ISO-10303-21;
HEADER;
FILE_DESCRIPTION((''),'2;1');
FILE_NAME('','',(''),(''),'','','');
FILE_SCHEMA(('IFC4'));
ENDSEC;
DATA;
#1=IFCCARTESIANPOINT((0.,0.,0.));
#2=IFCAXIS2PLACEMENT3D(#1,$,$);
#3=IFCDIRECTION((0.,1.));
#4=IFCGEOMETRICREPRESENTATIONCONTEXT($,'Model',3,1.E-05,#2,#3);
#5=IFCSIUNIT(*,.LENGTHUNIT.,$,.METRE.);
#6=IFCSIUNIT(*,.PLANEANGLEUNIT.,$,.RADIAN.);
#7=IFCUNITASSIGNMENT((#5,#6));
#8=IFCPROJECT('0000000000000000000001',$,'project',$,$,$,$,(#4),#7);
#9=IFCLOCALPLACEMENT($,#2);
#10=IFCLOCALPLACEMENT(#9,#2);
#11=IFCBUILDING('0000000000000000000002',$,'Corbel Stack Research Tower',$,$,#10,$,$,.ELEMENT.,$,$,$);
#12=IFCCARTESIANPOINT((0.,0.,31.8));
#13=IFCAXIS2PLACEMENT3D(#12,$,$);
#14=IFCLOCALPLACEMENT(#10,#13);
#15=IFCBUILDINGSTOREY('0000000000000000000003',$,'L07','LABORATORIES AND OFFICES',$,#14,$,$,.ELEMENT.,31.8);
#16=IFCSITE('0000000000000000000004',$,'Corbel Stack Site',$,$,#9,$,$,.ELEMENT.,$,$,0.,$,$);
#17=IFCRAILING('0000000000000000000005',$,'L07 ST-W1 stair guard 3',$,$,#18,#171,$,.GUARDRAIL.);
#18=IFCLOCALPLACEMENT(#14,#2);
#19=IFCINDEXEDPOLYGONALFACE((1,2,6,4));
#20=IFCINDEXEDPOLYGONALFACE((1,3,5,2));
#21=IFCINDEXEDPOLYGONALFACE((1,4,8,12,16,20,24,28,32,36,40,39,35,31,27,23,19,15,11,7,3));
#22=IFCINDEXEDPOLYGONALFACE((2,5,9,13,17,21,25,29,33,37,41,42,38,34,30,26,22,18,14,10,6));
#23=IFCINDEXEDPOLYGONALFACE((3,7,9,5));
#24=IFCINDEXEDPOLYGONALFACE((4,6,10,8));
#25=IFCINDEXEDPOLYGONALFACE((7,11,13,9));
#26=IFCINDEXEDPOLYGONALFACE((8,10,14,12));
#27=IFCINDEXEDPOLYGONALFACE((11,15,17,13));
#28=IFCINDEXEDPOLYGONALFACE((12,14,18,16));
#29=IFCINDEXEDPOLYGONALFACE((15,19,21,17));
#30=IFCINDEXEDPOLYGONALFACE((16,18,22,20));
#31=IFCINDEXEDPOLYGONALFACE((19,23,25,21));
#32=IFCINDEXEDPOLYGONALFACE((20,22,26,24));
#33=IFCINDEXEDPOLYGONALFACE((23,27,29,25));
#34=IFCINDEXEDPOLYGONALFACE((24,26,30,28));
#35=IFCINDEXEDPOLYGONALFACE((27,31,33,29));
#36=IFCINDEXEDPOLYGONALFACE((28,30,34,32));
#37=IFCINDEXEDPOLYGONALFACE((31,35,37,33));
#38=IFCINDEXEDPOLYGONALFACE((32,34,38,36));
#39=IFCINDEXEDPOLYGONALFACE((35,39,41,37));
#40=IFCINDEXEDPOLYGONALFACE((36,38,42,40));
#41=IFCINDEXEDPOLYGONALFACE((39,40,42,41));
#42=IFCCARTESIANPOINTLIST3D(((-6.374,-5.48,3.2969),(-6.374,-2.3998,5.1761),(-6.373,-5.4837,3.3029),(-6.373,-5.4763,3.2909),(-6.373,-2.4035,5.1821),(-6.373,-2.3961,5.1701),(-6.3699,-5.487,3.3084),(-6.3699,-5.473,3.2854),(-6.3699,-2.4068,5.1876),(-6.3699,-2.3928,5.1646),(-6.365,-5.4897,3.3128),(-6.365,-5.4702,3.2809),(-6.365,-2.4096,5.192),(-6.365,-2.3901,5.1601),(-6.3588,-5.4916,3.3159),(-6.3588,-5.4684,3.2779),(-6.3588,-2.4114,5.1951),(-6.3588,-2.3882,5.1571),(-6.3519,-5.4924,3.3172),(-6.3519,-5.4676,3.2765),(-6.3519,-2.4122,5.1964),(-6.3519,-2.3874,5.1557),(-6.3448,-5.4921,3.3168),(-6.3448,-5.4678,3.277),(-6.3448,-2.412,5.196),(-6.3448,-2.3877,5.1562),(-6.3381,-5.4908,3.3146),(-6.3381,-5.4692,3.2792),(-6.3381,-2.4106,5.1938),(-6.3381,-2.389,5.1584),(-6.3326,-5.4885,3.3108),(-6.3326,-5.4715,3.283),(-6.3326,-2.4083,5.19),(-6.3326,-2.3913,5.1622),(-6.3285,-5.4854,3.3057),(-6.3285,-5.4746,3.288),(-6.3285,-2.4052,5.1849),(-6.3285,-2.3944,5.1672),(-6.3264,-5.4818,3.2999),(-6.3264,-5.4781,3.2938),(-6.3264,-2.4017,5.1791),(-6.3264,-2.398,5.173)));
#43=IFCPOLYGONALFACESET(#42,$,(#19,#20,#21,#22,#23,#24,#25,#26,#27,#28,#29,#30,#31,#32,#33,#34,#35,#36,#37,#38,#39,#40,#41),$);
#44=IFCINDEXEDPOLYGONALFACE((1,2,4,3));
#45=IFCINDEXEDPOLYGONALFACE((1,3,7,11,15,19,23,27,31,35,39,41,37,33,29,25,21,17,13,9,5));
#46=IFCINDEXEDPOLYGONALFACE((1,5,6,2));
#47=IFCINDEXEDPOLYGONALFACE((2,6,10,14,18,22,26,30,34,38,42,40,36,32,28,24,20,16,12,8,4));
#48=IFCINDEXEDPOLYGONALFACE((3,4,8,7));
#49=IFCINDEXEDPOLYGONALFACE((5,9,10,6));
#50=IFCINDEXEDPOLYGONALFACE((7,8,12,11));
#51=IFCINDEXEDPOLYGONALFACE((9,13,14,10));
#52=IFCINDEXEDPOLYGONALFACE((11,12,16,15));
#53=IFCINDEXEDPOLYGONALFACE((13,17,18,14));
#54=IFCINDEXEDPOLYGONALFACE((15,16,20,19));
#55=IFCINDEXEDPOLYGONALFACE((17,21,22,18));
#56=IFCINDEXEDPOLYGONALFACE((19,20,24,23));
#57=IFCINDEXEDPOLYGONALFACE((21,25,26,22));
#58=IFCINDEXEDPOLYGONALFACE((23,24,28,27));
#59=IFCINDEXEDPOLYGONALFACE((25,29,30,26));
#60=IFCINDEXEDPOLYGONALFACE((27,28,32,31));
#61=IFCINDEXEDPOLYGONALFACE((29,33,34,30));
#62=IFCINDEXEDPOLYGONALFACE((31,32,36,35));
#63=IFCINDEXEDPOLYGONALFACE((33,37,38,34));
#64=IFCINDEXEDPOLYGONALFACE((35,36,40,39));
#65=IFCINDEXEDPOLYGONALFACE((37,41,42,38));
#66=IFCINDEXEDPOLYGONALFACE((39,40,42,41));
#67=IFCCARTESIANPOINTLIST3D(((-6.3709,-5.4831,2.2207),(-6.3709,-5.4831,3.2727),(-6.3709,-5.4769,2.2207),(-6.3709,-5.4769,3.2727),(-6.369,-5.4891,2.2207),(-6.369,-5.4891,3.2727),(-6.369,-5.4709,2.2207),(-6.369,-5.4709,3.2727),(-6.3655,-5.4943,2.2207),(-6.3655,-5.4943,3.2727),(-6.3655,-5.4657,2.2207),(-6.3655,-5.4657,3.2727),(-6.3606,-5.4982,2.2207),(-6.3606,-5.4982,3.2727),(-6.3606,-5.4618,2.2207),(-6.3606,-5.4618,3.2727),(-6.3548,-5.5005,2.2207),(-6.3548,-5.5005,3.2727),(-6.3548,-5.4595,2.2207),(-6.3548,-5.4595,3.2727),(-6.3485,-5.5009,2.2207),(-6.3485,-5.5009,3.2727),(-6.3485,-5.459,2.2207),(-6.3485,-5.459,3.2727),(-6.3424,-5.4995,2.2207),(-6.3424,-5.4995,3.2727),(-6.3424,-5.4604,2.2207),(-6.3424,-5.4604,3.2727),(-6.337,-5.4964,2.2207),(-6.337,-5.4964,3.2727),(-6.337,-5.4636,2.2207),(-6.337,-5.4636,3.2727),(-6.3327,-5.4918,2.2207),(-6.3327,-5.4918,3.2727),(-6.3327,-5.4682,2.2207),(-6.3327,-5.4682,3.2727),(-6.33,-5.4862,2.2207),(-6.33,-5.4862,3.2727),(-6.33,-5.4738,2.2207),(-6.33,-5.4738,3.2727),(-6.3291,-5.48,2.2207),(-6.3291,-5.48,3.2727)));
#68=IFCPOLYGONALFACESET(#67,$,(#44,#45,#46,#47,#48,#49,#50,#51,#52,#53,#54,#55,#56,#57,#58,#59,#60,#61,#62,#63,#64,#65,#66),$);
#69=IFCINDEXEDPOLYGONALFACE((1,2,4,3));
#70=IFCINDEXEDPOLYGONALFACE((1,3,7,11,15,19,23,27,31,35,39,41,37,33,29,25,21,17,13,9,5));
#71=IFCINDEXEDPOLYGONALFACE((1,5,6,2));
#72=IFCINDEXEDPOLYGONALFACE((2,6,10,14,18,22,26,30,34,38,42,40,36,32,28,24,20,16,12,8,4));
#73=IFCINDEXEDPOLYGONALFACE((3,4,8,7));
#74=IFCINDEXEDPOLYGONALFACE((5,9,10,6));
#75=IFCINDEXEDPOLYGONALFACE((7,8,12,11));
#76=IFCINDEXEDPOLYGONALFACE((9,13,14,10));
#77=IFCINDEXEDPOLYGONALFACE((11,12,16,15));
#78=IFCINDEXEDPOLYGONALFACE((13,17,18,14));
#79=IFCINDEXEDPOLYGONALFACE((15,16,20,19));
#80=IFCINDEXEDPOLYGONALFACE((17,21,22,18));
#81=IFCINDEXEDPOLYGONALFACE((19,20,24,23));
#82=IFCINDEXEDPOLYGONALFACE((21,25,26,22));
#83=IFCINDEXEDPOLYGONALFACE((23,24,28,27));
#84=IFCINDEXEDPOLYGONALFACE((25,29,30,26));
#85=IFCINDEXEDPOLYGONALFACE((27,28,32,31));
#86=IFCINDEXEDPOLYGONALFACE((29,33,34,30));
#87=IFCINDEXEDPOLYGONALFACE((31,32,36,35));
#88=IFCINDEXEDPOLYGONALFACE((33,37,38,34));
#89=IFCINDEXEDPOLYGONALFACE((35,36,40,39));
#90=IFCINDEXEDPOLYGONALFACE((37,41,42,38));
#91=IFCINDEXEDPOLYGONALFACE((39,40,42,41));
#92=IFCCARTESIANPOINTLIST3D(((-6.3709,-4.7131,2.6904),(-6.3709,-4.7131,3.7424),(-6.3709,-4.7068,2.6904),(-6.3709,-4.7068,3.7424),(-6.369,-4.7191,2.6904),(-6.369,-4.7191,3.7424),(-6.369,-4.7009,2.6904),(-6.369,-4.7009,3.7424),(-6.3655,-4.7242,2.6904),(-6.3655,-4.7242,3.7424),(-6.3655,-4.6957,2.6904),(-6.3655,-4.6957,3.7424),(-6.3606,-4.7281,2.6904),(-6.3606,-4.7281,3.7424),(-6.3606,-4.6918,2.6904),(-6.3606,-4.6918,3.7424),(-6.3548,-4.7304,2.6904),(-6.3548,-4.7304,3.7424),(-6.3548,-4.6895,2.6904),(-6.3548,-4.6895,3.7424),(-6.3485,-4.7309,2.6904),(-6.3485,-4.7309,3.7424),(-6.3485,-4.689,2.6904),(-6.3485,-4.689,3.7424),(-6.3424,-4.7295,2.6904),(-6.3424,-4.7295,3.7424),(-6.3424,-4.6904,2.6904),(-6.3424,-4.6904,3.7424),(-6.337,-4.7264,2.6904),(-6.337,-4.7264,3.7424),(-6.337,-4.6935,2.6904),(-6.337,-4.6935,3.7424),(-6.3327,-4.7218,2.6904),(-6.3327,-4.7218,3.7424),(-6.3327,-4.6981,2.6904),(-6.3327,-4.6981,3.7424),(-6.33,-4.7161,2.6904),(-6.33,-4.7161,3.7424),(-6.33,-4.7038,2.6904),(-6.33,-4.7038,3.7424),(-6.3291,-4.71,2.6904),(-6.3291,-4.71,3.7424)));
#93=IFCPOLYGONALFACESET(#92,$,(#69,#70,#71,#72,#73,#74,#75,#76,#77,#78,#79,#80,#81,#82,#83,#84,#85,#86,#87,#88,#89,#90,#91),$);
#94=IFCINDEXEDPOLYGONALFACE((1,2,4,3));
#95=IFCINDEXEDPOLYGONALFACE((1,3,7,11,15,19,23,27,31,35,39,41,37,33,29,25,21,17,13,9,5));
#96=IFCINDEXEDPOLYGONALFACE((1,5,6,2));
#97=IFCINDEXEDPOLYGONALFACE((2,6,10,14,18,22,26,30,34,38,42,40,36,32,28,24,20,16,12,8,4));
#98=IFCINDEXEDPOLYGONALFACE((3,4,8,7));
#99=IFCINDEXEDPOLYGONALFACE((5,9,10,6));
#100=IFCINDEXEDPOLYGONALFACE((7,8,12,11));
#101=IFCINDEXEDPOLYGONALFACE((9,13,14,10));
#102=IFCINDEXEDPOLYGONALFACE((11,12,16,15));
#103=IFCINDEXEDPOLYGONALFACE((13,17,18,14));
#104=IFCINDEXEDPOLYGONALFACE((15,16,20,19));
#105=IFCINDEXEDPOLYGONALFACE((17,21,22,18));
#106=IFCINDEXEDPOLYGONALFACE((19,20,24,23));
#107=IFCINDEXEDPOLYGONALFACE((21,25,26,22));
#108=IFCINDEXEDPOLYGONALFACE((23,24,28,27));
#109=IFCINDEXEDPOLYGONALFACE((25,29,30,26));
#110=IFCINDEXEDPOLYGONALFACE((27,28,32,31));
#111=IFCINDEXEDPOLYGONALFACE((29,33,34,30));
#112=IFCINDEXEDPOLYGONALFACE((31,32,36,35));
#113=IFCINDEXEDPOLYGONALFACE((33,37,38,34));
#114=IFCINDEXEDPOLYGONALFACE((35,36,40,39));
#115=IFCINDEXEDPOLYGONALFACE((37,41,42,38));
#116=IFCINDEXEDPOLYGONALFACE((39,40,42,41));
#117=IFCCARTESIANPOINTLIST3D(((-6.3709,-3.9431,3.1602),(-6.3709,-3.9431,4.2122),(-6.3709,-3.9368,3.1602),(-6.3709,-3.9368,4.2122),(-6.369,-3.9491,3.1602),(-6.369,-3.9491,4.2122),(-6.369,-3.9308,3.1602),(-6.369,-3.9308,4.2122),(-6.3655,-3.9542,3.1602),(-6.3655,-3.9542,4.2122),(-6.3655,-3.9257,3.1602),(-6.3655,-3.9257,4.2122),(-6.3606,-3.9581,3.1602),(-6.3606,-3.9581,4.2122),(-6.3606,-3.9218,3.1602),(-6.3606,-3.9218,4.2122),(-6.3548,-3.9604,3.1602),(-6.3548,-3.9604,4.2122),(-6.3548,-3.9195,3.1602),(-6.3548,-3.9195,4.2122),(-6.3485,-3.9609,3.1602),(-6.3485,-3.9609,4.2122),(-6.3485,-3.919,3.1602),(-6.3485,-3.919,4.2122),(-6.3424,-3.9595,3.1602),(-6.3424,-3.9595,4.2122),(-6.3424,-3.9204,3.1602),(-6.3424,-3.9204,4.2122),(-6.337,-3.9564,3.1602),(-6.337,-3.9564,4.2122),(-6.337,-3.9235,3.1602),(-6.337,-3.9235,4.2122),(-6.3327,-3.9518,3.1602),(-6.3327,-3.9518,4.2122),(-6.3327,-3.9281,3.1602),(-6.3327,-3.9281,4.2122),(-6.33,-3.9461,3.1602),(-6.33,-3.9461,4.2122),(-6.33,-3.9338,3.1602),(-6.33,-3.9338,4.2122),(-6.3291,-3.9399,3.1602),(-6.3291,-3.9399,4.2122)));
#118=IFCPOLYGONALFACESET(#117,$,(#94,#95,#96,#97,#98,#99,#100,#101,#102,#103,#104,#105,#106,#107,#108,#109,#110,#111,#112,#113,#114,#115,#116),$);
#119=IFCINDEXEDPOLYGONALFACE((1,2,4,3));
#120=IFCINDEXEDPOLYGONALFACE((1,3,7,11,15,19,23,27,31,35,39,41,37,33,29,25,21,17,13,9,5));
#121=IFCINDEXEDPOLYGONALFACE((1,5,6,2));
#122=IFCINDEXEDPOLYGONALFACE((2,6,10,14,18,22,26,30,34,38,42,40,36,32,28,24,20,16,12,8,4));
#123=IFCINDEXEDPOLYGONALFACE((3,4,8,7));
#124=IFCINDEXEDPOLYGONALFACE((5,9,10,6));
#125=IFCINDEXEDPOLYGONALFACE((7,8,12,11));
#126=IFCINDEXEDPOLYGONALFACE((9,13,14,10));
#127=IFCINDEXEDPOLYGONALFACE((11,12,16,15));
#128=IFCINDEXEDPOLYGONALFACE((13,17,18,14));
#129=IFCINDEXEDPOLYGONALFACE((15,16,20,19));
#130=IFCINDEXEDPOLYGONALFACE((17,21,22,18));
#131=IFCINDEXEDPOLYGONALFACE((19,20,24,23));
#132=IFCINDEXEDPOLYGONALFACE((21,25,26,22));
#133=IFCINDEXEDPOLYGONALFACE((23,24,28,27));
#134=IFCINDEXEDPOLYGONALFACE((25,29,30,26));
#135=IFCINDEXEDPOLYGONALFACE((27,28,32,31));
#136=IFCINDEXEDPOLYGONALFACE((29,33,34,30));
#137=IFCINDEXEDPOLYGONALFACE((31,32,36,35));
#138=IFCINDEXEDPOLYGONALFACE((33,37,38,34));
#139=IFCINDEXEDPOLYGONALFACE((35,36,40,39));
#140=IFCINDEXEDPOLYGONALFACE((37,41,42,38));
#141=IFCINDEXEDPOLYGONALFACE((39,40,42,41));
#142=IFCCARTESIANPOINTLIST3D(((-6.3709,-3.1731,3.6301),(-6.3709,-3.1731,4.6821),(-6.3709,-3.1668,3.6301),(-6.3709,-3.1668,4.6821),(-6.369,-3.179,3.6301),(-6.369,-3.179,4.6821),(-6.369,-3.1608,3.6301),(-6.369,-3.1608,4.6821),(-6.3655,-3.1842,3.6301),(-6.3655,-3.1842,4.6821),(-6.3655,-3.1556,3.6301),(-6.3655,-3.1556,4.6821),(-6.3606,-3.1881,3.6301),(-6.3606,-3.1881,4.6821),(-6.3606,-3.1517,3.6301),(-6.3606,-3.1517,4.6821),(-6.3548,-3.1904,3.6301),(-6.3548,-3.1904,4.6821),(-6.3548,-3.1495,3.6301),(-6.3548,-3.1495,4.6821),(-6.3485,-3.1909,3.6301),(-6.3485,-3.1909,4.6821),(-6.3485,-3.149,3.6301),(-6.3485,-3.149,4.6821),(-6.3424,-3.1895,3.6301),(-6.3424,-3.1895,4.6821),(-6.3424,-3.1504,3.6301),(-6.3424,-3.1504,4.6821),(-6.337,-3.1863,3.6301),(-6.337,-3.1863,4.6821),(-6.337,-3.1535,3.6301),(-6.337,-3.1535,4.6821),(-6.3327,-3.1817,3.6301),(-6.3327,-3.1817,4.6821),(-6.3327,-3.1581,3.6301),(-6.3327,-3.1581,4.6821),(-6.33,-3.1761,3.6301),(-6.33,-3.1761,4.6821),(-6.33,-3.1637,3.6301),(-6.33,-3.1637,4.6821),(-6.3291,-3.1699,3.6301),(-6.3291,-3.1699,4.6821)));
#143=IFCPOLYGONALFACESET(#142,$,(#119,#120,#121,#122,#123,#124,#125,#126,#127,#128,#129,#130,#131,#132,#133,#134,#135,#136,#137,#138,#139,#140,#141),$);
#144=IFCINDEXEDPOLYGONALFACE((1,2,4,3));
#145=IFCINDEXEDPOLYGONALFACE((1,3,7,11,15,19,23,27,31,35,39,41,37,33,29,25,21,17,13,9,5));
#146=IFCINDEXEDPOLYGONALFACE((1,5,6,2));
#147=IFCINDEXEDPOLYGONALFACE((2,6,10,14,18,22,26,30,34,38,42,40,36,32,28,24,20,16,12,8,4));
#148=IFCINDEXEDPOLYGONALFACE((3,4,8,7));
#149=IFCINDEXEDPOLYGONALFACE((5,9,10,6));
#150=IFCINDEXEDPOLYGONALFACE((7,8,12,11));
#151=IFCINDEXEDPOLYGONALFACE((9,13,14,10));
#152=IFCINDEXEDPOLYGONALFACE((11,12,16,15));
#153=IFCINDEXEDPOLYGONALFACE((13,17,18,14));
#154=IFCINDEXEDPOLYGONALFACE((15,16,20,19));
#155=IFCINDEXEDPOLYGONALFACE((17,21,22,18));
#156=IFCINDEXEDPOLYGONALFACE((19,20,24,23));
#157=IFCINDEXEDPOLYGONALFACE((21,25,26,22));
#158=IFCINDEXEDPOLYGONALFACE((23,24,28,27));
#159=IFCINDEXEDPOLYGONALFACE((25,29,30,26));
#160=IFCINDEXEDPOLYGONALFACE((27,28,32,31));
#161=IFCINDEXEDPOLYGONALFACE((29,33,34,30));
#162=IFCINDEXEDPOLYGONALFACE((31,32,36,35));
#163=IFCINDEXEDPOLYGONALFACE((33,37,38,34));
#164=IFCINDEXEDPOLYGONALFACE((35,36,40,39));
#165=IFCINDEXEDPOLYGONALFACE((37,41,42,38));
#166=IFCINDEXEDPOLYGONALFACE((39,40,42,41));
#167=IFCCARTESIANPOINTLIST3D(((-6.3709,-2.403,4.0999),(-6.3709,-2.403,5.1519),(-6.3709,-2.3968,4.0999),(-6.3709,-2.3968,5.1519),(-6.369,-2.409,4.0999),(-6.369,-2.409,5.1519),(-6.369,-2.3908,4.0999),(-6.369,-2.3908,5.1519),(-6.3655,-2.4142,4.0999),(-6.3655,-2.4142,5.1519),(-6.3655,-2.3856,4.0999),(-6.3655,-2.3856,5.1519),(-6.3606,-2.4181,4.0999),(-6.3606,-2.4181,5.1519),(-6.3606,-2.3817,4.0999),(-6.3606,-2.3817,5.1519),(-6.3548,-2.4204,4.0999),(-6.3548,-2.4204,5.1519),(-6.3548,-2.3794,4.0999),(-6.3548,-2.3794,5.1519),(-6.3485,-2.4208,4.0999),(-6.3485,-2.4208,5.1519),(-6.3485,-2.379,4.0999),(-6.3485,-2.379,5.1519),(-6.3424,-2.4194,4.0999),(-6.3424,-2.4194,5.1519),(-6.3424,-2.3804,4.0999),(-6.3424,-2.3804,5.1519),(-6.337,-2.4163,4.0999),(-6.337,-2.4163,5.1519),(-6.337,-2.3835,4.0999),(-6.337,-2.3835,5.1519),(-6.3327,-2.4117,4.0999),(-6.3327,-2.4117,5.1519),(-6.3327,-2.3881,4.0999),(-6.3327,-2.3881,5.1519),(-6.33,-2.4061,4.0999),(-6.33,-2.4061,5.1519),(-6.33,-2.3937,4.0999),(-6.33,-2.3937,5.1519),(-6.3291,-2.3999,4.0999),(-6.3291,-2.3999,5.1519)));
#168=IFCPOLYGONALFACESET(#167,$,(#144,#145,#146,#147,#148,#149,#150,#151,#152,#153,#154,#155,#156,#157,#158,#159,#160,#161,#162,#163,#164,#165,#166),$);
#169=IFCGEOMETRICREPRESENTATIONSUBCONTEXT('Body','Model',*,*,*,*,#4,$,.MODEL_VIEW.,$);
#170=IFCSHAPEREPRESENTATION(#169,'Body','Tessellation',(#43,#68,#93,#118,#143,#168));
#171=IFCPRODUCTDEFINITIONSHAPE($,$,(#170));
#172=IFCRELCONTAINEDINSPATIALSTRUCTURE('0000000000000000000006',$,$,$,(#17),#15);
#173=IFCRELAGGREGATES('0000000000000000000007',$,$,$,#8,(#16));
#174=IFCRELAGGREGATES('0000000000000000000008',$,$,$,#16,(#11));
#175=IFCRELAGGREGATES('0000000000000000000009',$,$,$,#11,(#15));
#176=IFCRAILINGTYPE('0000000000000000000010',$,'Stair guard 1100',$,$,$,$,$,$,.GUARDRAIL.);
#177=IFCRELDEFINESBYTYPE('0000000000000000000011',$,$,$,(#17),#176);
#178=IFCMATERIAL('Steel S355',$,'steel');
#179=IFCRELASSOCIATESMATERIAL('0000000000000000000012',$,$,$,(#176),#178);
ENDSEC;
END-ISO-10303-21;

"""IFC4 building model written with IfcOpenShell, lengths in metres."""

from ifc_helpers import new_model, si_unit, direction, frame, origin, origin_2d, place, context, subcontext, project, spatial, circle, extrude, material, type_object, element, save


model = new_model("IFC4")

# Units and contexts
model_context = context("Model", 3, precision=1e-05, world=origin(), true_north=direction((0.0, 1.0)))
body_context = subcontext(model_context, "Body", "Model", "MODEL_VIEW")
ifc_project = project(units=[si_unit("LENGTHUNIT", "METRE"), si_unit("PLANEANGLEUNIT", "RADIAN")], contexts=[model_context])

# Site, building, storey
site_placement = place(None, origin())
site = spatial("IfcSite", under=ifc_project, at=site_placement, Name="Corbel Stack Site", CompositionType="ELEMENT", RefElevation=0.0)
building_placement = place(site_placement, origin())
building = spatial("IfcBuilding", under=site, at=building_placement, Name="Corbel Stack Research Tower", CompositionType="ELEMENT")
storey_placement = place(building_placement, frame((0.0, 0.0, 31.8)))
storey = spatial("IfcBuildingStorey", under=building, at=storey_placement, Name="L07", Description="LABORATORIES AND OFFICES", CompositionType="ELEMENT", Elevation=31.8)

# Railing
ifc_material_1 = material(Name="Steel S355", Category="steel")
railing_type_1 = type_object("IfcRailingType", Name="Stair guard 1100", PredefinedType="GUARDRAIL", material=ifc_material_1)
railing_1_placement = place(storey_placement, frame((-6.3501, -5.48, 2.2207)))
element("IfcRailing", 1, at=railing_1_placement, inside=storey, type_object=railing_type_1, Name="L07 ST-W1 stair guard 3", PredefinedType="GUARDRAIL", context=body_context, shape_type="SweptSolid", body=[
    extrude(circle(Radius=0.0239, at=origin_2d()), frame((0.0, 0.0, 1.0762), z_axis=(0.0, 0.853666, 0.52082), x_axis=(-1.0, 0.0, 0.0)), (0.0, 0.0, 1.0), 3.6082),
    extrude(circle(Radius=0.021, at=origin_2d()), origin(), (0.0, 0.0, 1.0), 1.052),
    extrude(circle(Radius=0.021, at=origin_2d()), frame((0.0, 0.77, 0.4697)), (0.0, 0.0, 1.0), 1.052),
    extrude(circle(Radius=0.021, at=origin_2d()), frame((0.0, 1.54, 0.9395)), (0.0, 0.0, 1.0), 1.052),
    extrude(circle(Radius=0.021, at=origin_2d()), frame((0.0, 2.3101, 1.4094)), (0.0, 0.0, 1.0), 1.052),
    extrude(circle(Radius=0.021, at=origin_2d()), frame((0.0, 3.0801, 1.8792)), (0.0, 0.0, 1.0), 1.052),
])

save(model, "model.ifc")
